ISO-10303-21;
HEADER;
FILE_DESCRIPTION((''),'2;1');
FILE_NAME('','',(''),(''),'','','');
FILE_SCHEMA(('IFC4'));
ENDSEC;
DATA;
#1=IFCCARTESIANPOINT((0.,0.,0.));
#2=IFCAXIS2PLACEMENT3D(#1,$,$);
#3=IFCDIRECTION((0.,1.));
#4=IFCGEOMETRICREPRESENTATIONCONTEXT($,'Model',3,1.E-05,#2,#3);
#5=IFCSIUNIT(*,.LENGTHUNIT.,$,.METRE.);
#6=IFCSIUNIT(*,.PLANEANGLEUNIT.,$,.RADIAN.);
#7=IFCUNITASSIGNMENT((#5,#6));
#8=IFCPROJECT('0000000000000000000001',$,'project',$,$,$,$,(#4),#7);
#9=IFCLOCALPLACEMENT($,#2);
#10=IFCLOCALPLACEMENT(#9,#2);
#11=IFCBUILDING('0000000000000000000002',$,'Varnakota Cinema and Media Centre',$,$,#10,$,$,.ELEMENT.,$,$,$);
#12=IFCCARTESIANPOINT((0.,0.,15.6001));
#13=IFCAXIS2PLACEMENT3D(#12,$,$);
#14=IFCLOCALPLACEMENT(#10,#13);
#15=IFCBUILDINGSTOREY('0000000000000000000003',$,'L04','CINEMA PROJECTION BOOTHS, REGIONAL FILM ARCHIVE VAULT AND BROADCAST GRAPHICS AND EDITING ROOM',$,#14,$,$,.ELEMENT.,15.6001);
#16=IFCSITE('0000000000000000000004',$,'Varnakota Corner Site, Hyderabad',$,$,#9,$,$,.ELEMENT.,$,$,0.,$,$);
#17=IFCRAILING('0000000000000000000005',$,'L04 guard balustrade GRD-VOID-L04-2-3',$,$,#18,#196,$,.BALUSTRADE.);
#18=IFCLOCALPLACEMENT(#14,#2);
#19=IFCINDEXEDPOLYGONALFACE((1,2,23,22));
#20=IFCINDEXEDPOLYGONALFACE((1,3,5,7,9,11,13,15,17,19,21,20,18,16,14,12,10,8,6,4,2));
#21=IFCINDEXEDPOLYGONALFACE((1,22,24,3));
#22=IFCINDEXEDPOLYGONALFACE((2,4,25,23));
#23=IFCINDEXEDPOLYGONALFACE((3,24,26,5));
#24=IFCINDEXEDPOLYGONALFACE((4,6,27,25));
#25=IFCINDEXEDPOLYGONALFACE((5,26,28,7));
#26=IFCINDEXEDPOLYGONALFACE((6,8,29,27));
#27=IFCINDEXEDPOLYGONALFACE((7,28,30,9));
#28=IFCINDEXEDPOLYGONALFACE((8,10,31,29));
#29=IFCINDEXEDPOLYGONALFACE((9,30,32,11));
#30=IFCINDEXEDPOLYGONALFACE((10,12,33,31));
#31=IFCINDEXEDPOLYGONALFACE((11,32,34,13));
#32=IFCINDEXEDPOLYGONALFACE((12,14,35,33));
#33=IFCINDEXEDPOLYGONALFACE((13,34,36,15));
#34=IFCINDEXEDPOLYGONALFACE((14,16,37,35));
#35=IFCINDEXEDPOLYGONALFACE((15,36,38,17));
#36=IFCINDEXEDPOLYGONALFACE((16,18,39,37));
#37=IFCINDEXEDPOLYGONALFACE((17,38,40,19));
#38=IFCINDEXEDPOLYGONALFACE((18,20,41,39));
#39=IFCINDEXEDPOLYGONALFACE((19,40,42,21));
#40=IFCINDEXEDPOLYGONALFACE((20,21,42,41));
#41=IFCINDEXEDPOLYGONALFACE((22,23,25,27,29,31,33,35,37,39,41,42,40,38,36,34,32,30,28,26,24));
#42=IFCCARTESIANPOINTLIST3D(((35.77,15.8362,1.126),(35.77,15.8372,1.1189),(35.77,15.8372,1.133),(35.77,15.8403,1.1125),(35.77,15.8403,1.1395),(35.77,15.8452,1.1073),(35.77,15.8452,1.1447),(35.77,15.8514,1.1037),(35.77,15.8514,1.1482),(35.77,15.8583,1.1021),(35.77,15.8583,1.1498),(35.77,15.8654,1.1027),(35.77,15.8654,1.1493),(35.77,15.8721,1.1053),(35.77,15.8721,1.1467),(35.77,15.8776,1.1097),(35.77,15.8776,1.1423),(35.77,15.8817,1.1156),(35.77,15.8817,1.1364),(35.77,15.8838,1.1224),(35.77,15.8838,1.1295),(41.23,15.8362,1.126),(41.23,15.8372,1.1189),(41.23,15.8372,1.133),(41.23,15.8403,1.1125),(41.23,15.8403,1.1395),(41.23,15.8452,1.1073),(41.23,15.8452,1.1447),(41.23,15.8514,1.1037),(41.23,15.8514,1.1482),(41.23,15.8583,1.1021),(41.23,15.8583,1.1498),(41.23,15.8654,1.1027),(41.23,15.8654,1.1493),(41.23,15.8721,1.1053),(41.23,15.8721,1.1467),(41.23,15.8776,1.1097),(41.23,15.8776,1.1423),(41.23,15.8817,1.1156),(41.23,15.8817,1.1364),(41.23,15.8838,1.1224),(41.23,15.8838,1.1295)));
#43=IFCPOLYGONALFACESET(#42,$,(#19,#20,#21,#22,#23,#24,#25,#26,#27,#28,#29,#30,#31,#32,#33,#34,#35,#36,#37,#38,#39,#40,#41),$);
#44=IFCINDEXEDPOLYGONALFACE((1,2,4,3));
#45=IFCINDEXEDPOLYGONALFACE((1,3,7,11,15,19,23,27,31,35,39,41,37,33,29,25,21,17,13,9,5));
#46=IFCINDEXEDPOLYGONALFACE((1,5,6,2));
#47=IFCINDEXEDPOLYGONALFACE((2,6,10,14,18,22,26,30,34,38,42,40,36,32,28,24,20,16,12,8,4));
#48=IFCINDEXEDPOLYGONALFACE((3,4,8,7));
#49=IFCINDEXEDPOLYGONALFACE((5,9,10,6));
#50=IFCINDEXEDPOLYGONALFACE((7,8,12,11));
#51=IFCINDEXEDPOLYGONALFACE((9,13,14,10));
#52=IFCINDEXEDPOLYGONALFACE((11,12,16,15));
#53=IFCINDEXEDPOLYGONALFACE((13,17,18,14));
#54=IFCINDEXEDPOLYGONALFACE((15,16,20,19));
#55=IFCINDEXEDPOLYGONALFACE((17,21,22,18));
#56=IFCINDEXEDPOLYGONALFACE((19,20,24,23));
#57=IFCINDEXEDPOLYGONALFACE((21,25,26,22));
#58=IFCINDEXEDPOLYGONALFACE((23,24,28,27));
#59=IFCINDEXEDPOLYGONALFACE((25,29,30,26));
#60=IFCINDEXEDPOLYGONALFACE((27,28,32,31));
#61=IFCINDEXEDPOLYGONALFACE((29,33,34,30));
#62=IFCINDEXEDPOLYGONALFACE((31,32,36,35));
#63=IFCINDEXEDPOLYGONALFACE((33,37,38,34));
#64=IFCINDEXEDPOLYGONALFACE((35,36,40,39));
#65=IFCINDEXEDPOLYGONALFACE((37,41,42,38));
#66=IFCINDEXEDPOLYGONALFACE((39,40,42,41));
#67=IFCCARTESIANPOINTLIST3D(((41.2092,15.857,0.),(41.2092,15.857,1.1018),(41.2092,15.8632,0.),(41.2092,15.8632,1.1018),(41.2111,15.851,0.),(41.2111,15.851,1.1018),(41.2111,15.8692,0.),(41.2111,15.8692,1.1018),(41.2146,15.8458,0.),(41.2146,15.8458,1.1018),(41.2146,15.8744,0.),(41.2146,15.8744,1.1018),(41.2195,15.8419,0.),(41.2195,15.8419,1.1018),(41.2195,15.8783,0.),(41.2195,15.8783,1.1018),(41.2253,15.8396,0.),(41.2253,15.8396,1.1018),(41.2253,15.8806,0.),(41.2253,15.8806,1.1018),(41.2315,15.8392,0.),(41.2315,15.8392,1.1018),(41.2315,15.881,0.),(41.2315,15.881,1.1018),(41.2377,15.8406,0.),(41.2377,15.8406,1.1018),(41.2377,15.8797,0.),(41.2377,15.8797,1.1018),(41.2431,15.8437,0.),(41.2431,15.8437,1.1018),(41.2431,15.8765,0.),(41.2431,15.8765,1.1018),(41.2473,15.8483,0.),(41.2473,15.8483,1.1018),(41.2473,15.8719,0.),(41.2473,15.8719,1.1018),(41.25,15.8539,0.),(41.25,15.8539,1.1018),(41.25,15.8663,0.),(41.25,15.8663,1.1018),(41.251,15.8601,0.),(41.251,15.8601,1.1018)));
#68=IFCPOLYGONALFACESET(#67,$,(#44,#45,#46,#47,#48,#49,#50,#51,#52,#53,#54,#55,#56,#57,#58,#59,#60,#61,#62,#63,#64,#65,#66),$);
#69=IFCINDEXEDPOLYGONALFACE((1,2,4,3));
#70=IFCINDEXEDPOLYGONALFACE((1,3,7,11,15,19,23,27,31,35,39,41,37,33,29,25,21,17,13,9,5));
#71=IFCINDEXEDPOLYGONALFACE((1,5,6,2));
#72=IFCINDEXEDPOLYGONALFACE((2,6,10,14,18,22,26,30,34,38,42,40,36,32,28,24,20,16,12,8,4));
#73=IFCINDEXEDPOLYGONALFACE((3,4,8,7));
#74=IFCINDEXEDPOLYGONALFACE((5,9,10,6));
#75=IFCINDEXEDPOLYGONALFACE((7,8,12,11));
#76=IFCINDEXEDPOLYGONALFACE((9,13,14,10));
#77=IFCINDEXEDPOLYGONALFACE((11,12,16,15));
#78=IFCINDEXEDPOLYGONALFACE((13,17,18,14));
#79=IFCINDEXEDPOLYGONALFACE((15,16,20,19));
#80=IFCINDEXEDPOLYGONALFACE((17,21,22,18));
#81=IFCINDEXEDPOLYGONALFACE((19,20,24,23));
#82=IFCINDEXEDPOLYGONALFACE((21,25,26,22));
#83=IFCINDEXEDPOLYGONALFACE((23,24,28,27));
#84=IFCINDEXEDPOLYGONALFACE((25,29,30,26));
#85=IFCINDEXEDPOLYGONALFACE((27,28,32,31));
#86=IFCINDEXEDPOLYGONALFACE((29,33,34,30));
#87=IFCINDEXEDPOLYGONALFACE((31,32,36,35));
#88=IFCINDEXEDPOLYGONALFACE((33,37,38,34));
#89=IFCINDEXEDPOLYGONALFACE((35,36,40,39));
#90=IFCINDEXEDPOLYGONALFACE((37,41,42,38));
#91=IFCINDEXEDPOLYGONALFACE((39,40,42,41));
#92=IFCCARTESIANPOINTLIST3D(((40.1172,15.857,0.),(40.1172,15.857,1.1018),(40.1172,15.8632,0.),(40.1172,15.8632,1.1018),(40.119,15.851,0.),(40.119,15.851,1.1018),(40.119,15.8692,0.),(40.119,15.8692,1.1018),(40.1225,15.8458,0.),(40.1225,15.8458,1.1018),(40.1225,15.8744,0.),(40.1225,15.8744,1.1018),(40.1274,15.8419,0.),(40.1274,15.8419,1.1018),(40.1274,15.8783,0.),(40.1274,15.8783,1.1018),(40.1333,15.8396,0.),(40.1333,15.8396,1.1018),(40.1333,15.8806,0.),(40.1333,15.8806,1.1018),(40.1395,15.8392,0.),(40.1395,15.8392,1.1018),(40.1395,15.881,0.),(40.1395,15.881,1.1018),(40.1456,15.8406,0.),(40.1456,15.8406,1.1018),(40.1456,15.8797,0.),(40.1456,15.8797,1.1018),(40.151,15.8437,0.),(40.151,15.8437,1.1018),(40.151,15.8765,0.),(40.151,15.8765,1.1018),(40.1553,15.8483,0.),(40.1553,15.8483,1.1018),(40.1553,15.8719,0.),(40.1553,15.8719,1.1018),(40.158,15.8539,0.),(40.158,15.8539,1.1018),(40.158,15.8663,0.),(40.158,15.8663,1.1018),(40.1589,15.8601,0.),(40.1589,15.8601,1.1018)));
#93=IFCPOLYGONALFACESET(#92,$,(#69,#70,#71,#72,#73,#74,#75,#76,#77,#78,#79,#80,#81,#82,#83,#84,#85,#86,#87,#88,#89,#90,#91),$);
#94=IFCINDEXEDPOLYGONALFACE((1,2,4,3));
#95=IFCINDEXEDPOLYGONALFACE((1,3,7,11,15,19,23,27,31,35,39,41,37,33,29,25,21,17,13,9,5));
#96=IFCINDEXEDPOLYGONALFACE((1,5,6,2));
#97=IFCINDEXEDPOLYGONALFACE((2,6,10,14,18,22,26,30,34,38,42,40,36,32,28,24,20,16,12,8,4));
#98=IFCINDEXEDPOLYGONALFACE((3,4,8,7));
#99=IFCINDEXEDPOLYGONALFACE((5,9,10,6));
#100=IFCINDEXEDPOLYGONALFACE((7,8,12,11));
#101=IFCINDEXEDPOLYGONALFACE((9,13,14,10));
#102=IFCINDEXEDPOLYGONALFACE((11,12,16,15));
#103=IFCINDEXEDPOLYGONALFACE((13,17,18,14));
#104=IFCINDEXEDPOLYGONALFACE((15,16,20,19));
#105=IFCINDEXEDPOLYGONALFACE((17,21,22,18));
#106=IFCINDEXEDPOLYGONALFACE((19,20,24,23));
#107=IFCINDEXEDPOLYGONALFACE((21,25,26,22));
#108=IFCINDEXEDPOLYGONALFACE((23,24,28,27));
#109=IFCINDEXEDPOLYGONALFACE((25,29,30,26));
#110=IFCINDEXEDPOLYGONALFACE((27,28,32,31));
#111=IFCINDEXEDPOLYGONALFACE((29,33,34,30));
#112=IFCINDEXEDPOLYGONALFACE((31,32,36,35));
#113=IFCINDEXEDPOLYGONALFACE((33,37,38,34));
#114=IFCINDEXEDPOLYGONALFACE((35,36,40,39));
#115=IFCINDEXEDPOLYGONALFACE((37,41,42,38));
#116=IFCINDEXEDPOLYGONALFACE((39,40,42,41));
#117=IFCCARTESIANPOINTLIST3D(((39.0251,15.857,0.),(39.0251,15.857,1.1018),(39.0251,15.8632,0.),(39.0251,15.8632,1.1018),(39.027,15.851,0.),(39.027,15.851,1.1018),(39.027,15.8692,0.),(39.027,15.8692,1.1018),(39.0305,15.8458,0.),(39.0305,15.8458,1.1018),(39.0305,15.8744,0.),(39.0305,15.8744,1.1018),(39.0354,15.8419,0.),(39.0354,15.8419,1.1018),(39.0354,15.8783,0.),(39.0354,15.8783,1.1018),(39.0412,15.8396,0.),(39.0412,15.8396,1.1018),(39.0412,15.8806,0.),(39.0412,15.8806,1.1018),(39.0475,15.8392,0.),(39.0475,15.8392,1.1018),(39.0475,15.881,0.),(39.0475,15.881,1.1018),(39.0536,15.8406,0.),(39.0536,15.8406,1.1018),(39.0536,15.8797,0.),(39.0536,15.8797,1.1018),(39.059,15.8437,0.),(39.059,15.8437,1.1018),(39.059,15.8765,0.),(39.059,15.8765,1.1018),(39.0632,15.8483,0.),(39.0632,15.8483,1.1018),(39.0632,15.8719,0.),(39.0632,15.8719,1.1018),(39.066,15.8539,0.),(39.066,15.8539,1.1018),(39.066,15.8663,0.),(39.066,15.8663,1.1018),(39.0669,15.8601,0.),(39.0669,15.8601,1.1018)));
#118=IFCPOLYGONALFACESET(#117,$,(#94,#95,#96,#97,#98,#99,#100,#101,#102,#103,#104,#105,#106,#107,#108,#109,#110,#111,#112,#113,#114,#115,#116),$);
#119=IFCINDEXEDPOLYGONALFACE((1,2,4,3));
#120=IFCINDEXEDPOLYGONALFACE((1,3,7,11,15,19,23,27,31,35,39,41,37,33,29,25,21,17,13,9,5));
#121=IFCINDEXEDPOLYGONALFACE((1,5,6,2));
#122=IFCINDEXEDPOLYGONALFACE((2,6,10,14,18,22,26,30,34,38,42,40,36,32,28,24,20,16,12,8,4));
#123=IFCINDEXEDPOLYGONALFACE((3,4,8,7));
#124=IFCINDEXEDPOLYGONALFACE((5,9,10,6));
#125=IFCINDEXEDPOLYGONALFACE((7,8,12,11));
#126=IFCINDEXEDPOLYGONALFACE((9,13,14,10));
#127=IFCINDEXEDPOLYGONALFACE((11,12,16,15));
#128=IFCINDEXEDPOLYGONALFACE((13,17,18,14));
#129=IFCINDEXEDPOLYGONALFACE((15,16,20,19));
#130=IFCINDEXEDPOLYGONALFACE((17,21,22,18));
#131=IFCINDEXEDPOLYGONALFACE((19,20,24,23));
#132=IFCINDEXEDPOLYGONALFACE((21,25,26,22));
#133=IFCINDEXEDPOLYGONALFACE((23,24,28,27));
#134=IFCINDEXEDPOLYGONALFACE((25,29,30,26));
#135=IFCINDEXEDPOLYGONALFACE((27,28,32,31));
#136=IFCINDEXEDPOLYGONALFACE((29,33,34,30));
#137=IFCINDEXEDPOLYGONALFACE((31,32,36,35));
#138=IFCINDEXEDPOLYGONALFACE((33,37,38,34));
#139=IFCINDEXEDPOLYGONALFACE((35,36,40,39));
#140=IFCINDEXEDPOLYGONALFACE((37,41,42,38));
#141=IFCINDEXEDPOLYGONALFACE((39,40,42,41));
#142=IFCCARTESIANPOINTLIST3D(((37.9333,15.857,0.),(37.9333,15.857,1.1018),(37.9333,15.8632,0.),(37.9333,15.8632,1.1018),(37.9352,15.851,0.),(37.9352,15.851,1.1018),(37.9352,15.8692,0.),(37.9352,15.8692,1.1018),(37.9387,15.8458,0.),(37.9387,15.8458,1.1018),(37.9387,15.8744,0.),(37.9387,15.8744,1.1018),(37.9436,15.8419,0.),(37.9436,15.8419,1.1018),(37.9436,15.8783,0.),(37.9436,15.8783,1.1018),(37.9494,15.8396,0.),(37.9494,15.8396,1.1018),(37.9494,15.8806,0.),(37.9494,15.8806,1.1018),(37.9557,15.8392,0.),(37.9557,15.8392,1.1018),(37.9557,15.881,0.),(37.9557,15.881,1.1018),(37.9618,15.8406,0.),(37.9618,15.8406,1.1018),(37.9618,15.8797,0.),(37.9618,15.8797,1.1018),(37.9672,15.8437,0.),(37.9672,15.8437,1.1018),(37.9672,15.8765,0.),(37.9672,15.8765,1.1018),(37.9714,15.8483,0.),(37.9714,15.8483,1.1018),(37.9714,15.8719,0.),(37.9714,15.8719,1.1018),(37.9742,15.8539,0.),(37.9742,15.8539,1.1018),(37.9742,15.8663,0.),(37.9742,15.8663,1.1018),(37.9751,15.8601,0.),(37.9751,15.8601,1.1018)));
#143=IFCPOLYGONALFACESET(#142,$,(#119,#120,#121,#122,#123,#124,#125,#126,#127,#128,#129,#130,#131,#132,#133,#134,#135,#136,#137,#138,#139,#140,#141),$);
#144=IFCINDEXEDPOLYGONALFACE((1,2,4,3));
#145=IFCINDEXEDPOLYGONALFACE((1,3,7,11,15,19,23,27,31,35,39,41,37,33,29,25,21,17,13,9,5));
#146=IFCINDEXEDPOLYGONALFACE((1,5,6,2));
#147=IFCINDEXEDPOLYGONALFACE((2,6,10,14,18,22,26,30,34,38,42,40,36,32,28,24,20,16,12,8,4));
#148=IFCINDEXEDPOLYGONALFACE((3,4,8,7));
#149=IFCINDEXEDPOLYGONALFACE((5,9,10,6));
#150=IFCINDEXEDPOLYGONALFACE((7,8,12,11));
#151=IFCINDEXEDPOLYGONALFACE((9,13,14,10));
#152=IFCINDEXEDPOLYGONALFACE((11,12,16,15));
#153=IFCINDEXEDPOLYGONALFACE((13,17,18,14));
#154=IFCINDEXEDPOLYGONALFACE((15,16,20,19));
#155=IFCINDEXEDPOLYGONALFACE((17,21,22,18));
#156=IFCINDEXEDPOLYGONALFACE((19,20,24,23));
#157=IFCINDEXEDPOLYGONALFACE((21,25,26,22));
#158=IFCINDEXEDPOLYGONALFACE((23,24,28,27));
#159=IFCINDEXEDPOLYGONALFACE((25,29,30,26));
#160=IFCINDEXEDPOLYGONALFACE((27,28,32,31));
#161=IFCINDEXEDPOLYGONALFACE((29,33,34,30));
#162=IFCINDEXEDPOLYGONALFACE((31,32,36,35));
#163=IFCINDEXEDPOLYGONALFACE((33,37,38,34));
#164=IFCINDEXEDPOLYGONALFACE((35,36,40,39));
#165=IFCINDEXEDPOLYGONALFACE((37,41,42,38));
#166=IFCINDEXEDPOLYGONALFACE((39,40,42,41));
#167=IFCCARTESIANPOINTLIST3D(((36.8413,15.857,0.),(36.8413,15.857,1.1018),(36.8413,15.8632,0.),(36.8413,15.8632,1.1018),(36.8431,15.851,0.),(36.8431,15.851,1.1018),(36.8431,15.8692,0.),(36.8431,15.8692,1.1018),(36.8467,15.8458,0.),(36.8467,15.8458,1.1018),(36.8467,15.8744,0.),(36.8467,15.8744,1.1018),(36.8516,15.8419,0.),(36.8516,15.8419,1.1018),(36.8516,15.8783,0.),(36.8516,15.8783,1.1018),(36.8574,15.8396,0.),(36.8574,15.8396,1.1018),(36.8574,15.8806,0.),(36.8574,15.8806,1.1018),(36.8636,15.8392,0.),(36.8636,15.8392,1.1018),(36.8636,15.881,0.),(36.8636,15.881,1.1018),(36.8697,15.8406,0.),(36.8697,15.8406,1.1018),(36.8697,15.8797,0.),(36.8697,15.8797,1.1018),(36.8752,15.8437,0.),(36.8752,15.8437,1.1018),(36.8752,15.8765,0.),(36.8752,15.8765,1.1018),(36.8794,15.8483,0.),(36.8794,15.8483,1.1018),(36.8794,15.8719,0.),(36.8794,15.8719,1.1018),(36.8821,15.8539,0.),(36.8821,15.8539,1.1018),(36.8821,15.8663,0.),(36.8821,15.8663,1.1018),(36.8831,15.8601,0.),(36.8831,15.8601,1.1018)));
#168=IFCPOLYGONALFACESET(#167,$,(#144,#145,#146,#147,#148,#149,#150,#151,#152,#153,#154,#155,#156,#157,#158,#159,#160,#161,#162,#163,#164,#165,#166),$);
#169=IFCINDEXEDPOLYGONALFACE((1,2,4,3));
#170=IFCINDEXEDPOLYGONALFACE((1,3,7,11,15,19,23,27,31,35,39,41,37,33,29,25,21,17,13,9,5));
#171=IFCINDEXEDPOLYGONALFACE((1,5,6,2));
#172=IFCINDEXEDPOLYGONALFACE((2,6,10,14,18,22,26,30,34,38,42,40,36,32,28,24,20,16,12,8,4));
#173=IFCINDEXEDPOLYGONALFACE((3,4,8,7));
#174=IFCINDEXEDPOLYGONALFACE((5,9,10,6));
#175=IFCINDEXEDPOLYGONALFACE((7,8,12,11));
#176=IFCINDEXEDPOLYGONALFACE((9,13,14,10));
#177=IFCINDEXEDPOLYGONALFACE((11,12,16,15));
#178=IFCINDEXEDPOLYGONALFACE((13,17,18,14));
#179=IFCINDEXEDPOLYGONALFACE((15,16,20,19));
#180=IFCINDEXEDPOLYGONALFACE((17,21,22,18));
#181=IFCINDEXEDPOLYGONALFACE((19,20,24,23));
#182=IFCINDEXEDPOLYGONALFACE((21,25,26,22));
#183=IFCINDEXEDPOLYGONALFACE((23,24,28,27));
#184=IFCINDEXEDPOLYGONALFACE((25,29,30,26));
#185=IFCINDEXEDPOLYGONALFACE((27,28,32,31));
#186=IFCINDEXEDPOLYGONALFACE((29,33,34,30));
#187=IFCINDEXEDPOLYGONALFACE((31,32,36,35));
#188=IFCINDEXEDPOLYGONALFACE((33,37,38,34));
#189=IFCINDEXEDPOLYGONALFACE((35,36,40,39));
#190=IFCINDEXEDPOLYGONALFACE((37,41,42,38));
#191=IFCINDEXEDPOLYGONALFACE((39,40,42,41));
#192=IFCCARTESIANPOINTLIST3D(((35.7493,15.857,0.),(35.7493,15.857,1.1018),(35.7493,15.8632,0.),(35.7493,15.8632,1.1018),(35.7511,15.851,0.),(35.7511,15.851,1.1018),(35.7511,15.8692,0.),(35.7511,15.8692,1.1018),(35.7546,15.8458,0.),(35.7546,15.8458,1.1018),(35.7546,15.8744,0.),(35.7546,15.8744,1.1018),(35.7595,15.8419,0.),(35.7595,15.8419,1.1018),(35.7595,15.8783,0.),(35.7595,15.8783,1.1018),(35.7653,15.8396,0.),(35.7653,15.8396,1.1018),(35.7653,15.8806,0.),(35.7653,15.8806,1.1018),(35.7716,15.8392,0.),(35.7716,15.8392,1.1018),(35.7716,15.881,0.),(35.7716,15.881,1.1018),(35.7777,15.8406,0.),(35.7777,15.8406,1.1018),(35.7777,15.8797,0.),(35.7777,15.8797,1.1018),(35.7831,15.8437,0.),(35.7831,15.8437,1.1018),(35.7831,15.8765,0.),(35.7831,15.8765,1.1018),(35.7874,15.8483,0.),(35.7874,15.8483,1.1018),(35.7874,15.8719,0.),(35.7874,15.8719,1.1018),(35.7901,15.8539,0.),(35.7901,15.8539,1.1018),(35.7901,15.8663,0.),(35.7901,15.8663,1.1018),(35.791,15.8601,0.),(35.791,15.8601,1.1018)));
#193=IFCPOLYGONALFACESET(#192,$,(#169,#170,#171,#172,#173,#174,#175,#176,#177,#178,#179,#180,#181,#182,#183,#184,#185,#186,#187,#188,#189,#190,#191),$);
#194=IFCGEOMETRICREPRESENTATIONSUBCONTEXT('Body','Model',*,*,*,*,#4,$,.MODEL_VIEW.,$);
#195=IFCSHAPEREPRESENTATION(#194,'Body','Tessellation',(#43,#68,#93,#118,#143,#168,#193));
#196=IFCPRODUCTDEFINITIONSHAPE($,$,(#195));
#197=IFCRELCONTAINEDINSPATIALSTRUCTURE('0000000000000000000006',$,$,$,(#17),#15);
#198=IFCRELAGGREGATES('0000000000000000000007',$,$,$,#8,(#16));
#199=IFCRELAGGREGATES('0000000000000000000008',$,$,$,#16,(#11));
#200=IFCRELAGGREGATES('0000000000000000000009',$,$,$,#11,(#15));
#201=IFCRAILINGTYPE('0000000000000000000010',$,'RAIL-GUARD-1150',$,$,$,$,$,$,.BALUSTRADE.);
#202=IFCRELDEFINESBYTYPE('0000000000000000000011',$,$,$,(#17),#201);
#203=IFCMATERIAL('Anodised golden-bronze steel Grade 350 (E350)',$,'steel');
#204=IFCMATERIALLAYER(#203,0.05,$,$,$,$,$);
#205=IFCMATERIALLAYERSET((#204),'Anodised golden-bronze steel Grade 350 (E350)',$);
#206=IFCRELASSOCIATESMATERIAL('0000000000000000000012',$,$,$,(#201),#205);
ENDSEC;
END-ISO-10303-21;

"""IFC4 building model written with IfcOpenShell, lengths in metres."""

from ifc_helpers import new_model, si_unit, direction, frame, origin, origin_2d, place, context, subcontext, project, spatial, circle, extrude, material, layer, layer_set, type_object, element, save


model = new_model("IFC4")

# Units and contexts
model_context = context("Model", 3, precision=1e-05, world=origin(), true_north=direction((0.0, 1.0)))
body_context = subcontext(model_context, "Body", "Model", "MODEL_VIEW")
ifc_project = project(units=[si_unit("LENGTHUNIT", "METRE"), si_unit("PLANEANGLEUNIT", "RADIAN")], contexts=[model_context])

# Site, building, storey
site_placement = place(None, origin())
site = spatial("IfcSite", under=ifc_project, at=site_placement, Name="Varnakota Corner Site, Hyderabad", CompositionType="ELEMENT", RefElevation=0.0)
building_placement = place(site_placement, origin())
building = spatial("IfcBuilding", under=site, at=building_placement, Name="Varnakota Cinema and Media Centre", CompositionType="ELEMENT")
storey_placement = place(building_placement, frame((0.0, 0.0, 15.6001)))
storey = spatial("IfcBuildingStorey", under=building, at=storey_placement, Name="L04", Description="CINEMA PROJECTION BOOTHS, REGIONAL FILM ARCHIVE VAULT AND BROADCAST GRAPHICS AND EDITING ROOM", CompositionType="ELEMENT", Elevation=15.6001)

# Railing
ifc_material_1 = material(Name="Anodised golden-bronze steel Grade 350 (E350)", Category="steel")
ifc_layer_1 = layer(ifc_material_1, 0.05)
ifc_layer_set_1 = layer_set([ifc_layer_1], Name="Anodised golden-bronze steel Grade 350 (E350)")
railing_type = type_object("IfcRailingType", Name="RAIL-GUARD-1150", PredefinedType="BALUSTRADE", material=ifc_layer_set_1)
railing_1_placement = place(storey_placement, frame((41.23, 15.8601, 0.0)))
element("IfcRailing", 1, at=railing_1_placement, inside=storey, type_object=railing_type, Name="L04 guard balustrade GRD-VOID-L04-2-3", PredefinedType="BALUSTRADE", context=body_context, shape_type="SweptSolid", body=[
    extrude(circle(Radius=0.0239, at=origin_2d()), frame((0.0, 0.0, 1.126), z_axis=(-1.0, 0.0, 0.0), x_axis=(0.0, -1.0, 0.0)), (0.0, 0.0, 1.0), 5.46),
    extrude(circle(Radius=0.021, at=origin_2d()), origin(), (0.0, 0.0, 1.0), 1.1018),
    extrude(circle(Radius=0.021, at=origin_2d()), frame((-1.092, 0.0, 0.0)), (0.0, 0.0, 1.0), 1.1018),
    extrude(circle(Radius=0.021, at=origin_2d()), frame((-2.1841, 0.0, 0.0)), (0.0, 0.0, 1.0), 1.1018),
    extrude(circle(Radius=0.021, at=origin_2d()), frame((-3.2759, 0.0, 0.0)), (0.0, 0.0, 1.0), 1.1018),
    extrude(circle(Radius=0.021, at=origin_2d()), frame((-4.3679, 0.0, 0.0)), (0.0, 0.0, 1.0), 1.1018),
    extrude(circle(Radius=0.021, at=origin_2d()), frame((-5.46, 0.0, 0.0)), (0.0, 0.0, 1.0), 1.1018),
])

save(model, "model.ifc")
